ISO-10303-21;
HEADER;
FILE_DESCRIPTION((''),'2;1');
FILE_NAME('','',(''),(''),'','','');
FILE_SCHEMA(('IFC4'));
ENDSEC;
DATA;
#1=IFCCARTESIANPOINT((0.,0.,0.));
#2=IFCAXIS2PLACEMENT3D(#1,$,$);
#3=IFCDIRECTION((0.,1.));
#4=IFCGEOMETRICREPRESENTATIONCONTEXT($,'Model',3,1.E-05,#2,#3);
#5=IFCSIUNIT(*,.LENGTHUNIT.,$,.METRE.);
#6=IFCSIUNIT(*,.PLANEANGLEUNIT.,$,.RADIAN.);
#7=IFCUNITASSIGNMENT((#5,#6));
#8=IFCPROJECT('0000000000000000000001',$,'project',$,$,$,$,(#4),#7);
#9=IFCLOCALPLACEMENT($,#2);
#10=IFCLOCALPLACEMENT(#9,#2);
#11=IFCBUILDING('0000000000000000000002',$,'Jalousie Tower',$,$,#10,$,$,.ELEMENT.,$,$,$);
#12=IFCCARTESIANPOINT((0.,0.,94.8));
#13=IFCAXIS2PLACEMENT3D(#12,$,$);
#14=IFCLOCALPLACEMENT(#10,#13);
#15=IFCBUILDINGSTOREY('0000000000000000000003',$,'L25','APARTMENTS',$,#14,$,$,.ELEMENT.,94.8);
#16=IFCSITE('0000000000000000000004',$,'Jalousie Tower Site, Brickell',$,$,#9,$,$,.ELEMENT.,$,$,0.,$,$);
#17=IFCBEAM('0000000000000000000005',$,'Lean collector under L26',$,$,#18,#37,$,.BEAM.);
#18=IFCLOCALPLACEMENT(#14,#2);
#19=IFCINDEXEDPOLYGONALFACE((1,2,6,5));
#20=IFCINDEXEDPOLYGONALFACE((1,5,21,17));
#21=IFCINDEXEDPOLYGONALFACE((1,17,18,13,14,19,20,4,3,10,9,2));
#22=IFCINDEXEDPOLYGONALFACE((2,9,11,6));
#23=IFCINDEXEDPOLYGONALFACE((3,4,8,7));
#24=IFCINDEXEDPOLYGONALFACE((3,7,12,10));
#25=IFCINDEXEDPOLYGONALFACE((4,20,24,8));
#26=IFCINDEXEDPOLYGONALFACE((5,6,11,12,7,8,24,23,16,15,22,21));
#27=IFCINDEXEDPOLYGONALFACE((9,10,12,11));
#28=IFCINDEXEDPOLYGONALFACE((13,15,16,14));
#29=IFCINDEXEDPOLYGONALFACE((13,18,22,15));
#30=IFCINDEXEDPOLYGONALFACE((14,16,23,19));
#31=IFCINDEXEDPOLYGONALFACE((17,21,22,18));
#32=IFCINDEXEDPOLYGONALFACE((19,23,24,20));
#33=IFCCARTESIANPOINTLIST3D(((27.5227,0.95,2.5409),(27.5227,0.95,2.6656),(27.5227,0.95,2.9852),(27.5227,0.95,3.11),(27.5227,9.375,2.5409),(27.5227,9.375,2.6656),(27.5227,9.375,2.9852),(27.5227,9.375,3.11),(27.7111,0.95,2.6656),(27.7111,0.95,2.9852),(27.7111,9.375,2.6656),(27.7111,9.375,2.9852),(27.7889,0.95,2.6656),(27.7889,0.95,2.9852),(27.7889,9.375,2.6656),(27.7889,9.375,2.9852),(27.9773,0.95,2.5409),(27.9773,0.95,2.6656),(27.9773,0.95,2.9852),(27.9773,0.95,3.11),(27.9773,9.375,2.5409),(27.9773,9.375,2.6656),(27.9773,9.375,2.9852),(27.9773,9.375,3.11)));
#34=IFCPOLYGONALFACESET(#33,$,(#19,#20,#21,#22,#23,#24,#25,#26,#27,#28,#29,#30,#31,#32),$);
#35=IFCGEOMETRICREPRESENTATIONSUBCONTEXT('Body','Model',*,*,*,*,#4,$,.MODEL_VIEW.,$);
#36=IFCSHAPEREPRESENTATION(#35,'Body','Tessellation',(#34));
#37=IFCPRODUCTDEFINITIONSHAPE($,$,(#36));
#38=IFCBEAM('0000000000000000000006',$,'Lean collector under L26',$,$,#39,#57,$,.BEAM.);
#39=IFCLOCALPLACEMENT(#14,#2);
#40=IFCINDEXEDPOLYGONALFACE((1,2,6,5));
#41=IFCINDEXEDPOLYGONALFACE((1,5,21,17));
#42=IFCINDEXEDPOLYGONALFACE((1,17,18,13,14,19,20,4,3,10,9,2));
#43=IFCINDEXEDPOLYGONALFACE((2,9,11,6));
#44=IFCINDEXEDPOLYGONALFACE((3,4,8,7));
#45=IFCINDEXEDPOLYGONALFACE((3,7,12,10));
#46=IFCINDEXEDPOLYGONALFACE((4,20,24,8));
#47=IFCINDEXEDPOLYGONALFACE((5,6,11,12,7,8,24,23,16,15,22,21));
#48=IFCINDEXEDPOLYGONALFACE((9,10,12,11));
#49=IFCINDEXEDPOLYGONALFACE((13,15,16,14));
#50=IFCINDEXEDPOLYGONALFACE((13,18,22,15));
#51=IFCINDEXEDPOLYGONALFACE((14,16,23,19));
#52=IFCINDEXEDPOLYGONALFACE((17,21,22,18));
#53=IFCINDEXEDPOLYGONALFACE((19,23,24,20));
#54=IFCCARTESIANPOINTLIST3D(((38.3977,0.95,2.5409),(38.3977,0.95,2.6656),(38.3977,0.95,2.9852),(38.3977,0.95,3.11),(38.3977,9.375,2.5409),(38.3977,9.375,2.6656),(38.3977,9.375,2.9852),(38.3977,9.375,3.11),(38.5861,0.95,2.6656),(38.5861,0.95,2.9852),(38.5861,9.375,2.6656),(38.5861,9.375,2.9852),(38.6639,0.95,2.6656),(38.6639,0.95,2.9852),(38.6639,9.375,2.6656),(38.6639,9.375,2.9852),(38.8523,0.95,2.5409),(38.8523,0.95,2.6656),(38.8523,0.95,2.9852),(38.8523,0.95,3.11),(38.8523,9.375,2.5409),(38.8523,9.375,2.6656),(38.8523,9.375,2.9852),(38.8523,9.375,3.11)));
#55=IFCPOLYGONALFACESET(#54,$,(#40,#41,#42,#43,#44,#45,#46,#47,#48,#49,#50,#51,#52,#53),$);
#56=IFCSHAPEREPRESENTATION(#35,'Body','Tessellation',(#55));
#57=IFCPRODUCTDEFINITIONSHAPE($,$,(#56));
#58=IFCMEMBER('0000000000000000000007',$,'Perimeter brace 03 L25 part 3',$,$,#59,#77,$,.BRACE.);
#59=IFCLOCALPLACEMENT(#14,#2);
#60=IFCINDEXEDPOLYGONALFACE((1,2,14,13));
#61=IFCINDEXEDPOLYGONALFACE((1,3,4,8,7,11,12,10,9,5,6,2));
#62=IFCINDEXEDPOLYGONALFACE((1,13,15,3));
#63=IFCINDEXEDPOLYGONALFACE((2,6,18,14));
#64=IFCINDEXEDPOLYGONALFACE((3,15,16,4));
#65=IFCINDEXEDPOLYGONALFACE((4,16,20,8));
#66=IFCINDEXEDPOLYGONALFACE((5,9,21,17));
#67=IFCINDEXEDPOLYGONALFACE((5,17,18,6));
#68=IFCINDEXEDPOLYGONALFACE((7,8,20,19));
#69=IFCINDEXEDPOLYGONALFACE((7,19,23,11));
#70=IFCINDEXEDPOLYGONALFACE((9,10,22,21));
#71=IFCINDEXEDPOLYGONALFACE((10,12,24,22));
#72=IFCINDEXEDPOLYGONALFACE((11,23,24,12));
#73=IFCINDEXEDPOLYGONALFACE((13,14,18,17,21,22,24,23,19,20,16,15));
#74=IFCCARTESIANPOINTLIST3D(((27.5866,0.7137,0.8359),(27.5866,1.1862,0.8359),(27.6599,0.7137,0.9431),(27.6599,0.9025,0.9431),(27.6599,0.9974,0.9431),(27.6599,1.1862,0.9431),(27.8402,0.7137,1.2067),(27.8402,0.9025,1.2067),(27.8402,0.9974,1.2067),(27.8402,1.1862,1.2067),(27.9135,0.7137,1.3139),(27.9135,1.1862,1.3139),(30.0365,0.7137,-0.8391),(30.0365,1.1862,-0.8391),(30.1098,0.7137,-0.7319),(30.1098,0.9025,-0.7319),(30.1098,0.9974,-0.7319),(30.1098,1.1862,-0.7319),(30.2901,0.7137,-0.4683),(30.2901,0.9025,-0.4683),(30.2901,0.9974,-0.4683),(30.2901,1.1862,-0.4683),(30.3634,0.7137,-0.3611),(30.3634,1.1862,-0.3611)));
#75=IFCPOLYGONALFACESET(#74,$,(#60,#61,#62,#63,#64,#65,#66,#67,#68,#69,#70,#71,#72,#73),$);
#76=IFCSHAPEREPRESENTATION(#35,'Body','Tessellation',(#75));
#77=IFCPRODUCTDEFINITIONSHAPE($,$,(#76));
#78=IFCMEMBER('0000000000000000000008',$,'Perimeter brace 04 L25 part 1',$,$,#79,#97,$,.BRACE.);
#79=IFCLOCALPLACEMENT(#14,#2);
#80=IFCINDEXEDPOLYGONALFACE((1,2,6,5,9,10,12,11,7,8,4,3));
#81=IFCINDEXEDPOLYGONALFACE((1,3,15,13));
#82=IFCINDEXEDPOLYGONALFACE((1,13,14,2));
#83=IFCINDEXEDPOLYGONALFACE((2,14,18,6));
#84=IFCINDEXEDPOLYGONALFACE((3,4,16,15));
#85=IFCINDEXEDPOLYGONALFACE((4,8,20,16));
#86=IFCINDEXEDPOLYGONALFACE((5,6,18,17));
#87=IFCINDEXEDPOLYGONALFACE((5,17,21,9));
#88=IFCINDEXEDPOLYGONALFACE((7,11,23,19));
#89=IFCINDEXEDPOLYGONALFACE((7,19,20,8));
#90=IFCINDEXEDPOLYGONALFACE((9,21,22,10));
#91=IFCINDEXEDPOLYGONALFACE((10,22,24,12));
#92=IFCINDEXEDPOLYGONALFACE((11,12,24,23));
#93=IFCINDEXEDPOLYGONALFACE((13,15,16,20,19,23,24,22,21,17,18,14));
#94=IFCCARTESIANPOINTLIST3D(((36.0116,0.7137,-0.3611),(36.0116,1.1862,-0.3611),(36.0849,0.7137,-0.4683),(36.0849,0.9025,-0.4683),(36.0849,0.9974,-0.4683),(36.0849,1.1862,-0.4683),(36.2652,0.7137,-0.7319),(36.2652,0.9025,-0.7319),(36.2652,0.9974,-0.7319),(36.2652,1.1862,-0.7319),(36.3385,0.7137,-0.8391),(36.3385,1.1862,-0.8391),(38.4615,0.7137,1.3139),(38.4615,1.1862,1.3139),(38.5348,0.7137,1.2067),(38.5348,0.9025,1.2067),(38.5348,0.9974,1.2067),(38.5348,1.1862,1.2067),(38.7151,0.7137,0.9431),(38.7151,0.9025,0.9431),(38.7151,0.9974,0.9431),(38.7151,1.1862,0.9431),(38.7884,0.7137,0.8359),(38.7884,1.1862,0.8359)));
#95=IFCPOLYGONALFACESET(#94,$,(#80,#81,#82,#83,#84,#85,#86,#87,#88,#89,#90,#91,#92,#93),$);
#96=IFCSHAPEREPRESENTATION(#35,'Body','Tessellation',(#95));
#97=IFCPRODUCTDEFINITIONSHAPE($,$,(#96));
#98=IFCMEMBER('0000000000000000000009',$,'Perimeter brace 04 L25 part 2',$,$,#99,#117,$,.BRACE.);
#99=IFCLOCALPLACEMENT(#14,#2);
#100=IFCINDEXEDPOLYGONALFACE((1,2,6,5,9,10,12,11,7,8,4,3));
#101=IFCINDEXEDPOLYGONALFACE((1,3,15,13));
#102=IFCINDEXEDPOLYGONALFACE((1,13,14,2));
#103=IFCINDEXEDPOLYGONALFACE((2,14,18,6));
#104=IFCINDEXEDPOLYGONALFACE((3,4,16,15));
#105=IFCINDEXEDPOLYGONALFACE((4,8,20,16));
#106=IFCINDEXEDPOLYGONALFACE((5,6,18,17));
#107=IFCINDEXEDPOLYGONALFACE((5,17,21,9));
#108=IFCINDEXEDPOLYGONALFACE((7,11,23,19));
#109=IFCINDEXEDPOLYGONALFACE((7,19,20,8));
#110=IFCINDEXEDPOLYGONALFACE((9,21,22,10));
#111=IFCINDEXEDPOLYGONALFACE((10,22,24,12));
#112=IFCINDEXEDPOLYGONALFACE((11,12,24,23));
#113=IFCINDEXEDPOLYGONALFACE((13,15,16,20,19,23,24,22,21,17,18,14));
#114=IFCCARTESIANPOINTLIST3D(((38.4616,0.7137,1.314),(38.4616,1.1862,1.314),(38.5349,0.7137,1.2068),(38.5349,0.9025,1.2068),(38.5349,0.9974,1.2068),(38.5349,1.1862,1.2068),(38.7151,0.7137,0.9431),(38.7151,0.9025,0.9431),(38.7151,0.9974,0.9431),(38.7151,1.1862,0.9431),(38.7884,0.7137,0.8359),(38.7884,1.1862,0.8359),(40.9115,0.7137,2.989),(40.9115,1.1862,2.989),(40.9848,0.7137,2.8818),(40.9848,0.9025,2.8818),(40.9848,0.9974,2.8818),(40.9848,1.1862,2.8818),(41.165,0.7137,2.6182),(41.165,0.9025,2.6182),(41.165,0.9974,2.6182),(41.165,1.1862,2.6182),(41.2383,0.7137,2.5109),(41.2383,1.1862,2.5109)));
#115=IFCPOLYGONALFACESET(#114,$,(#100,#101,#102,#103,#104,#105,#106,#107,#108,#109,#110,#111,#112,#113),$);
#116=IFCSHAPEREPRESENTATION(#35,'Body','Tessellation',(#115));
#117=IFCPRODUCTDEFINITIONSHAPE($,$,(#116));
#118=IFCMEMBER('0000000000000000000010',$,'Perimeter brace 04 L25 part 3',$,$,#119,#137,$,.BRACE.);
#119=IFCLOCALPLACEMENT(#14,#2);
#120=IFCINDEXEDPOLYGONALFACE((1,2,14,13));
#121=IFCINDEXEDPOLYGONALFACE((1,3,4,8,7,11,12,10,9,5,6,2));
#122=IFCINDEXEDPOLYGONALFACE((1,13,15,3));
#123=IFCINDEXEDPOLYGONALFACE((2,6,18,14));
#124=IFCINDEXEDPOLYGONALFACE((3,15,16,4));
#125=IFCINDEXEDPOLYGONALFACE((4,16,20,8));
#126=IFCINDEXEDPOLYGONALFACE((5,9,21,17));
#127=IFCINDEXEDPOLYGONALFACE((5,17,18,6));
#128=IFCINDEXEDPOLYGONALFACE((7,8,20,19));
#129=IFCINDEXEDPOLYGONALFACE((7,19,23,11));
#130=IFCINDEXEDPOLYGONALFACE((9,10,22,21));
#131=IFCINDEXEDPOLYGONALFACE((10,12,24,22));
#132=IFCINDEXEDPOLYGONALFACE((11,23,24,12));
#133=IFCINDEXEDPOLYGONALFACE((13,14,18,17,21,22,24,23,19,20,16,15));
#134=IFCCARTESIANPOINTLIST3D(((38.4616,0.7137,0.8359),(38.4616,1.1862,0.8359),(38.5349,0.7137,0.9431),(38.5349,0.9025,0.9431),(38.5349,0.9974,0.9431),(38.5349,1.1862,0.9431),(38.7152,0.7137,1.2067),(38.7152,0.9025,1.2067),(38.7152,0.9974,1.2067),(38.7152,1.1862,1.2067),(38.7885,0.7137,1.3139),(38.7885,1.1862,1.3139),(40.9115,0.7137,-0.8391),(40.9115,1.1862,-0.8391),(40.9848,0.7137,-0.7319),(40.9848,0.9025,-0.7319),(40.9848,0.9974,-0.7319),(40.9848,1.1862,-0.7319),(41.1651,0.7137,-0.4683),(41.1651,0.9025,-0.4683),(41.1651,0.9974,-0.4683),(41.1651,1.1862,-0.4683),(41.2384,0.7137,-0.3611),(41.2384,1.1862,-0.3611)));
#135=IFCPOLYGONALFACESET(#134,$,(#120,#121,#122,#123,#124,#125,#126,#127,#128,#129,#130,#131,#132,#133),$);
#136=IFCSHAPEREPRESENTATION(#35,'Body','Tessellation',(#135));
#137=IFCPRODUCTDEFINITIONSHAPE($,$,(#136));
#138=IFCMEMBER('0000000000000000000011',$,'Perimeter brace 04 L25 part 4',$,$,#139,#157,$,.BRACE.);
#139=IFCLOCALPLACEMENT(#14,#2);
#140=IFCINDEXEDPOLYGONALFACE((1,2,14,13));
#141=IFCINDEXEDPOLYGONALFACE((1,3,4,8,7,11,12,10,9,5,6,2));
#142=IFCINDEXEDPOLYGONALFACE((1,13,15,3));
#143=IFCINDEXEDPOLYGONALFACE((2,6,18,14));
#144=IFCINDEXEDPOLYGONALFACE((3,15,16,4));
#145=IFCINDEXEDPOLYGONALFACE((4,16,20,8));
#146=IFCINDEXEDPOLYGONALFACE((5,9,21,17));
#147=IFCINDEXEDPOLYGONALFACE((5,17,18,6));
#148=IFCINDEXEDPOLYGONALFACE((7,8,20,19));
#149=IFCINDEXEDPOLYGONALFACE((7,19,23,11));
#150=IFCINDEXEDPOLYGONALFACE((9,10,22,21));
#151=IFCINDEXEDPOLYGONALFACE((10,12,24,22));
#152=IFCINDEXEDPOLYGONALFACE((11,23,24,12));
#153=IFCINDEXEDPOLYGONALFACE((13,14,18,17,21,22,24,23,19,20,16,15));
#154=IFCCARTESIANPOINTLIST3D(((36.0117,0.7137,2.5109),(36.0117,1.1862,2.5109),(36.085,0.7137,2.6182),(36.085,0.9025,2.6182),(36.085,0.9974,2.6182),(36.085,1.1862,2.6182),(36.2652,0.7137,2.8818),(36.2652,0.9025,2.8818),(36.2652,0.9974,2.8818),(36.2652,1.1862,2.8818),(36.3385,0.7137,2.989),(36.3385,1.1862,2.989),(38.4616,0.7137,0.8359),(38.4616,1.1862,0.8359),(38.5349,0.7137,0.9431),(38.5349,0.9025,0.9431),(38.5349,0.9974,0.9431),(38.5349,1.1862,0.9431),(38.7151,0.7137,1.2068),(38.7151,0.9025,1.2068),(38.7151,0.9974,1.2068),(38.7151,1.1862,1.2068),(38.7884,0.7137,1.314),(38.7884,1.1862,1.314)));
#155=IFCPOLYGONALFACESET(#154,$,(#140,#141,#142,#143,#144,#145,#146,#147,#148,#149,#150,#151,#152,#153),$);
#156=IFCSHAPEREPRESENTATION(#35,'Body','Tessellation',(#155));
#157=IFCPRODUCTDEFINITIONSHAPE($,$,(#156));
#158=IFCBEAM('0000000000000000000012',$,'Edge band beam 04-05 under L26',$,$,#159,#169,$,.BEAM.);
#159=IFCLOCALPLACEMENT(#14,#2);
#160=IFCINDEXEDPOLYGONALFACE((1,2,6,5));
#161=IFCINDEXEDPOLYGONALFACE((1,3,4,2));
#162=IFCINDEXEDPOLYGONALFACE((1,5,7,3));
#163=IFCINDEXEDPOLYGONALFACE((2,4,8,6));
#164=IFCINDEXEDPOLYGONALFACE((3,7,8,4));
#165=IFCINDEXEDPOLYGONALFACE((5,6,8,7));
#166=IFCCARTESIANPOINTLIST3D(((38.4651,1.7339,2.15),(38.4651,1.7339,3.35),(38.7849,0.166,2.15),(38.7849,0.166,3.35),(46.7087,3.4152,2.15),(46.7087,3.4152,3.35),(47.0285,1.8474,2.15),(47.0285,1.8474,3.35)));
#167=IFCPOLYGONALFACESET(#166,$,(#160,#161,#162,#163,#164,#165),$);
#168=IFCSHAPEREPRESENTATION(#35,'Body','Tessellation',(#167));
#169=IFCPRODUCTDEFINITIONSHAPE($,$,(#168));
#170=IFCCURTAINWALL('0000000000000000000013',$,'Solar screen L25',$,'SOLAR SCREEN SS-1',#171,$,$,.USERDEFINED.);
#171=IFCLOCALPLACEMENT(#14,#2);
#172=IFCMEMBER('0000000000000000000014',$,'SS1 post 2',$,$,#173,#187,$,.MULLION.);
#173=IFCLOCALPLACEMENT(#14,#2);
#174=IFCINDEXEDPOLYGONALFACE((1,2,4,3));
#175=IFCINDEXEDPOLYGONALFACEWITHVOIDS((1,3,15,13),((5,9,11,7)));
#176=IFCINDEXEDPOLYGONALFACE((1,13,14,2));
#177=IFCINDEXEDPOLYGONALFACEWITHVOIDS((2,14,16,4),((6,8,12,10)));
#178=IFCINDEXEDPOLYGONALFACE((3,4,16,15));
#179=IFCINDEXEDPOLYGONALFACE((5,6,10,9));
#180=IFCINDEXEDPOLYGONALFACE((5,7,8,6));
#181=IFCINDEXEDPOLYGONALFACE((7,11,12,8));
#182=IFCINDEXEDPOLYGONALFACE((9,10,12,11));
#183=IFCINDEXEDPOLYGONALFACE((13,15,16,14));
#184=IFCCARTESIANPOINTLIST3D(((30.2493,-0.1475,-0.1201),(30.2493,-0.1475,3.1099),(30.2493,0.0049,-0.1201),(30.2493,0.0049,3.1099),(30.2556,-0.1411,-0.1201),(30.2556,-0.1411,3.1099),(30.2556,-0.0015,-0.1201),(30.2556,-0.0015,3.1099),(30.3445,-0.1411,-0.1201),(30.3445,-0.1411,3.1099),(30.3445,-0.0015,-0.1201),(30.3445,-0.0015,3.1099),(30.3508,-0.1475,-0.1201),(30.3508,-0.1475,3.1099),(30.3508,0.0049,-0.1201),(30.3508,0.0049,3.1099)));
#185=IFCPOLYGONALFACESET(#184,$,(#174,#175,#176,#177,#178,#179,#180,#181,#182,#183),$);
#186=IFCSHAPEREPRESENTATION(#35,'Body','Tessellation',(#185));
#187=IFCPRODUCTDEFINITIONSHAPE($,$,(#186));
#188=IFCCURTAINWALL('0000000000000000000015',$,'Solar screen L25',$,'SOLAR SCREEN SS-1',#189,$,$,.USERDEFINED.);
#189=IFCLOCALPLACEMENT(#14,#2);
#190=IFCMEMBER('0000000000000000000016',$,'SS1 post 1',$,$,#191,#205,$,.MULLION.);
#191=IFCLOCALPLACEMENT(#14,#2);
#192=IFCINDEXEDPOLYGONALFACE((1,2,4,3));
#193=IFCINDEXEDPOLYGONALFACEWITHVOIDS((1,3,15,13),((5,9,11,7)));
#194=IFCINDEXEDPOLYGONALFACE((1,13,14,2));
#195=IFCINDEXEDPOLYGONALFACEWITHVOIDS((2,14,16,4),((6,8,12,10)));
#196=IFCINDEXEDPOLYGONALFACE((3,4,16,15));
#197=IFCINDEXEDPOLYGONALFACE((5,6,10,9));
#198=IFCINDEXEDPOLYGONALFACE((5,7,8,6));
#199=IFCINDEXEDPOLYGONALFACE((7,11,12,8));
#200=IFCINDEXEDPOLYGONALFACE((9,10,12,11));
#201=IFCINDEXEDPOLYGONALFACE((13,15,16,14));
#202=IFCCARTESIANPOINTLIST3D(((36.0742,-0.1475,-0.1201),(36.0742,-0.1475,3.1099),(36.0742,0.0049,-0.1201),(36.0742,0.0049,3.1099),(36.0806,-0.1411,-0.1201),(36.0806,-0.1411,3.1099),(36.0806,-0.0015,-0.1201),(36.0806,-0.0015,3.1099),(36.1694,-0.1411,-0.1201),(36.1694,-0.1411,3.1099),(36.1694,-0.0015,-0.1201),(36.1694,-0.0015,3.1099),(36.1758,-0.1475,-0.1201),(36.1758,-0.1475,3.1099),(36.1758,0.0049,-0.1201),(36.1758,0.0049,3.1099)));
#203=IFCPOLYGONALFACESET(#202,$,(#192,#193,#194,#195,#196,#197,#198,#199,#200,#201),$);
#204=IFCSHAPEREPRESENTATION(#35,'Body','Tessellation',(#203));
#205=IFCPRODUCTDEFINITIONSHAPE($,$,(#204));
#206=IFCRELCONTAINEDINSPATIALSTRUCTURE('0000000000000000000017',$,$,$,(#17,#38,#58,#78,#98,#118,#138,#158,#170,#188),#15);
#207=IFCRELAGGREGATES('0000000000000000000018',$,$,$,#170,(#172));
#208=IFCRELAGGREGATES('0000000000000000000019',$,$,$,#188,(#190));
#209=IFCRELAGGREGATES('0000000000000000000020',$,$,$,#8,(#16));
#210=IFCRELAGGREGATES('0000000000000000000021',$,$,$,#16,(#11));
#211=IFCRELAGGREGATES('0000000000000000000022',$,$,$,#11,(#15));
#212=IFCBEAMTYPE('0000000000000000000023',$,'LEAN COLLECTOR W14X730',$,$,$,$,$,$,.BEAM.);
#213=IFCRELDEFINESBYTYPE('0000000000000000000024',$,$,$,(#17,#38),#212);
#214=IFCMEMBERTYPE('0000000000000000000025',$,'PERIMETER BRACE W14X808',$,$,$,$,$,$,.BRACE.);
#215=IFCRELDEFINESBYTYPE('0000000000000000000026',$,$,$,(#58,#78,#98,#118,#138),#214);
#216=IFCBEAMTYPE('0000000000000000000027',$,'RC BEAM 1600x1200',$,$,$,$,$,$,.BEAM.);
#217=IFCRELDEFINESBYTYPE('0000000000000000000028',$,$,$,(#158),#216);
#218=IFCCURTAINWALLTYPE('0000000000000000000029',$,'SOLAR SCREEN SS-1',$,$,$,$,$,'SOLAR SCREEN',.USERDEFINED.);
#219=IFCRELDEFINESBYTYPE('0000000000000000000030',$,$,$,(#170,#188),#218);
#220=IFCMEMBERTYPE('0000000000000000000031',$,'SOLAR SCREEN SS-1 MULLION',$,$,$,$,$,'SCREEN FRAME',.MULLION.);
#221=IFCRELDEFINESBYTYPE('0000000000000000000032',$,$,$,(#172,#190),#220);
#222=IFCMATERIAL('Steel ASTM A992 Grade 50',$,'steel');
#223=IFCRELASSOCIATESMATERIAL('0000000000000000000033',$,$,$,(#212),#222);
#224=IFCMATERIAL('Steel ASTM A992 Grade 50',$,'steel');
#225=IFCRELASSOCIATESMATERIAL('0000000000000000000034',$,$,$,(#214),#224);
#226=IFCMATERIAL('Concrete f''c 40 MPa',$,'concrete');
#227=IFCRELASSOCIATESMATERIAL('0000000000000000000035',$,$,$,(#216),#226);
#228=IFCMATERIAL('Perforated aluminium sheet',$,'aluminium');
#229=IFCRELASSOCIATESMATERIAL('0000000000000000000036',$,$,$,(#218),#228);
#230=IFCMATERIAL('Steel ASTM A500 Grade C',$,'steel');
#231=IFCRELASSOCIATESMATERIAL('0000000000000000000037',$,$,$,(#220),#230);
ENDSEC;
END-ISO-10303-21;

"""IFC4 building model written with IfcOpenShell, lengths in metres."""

from ifc_helpers import new_model, si_unit, direction, frame, origin, origin_2d, place, context, subcontext, project, spatial, rectangle, hollow_rectangle, i_section, extrude, material, material_profile, profile_set, type_object, element, aggregate, save


model = new_model("IFC4")

# Units and contexts
model_context = context("Model", 3, precision=1e-05, world=origin(), true_north=direction((0.0, 1.0)))
body_context = subcontext(model_context, "Body", "Model", "MODEL_VIEW")
ifc_project = project(units=[si_unit("LENGTHUNIT", "METRE"), si_unit("PLANEANGLEUNIT", "RADIAN")], contexts=[model_context])

# Site, building, storey
site_placement = place(None, origin())
site = spatial("IfcSite", under=ifc_project, at=site_placement, Name="Jalousie Tower Site, Brickell", CompositionType="ELEMENT", RefElevation=0.0)
building_placement = place(site_placement, origin())
building = spatial("IfcBuilding", under=site, at=building_placement, Name="Jalousie Tower", CompositionType="ELEMENT")
storey_placement = place(building_placement, frame((0.0, 0.0, 94.8)))
storey = spatial("IfcBuildingStorey", under=building, at=storey_placement, Name="L25", Description="APARTMENTS", CompositionType="ELEMENT", Elevation=94.8)

# Beams
ifc_material_1 = material(Name="Steel ASTM A992 Grade 50", Category="steel")
ifc_material_profile_1 = material_profile(ifc_material_1, i_section(OverallWidth=0.4546, OverallDepth=0.5691, WebThickness=0.0779, FlangeThickness=0.1248, at=origin_2d()), Name="W14X730")
ifc_profile_set_1 = profile_set([ifc_material_profile_1], Name="Steel ASTM A992 Grade 50")
beam_type_1 = type_object("IfcBeamType", Name="LEAN COLLECTOR W14X730", PredefinedType="BEAM", material=ifc_profile_set_1)
for number, where, z_axis, x_axis, name in (
    (1, (27.75, 0.95, 2.8254), (0.0, 1.0, 0.0), (-1.0, 0.0, 0.0), "Lean collector under L26"),
    (2, (38.625, 0.95, 2.8254), (0.0, 1.0, 0.0), (-1.0, 0.0, 0.0), "Lean collector under L26"),
):
    element("IfcBeam", number, at=place(storey_placement, frame(where, z_axis=z_axis, x_axis=x_axis)), inside=storey, type_object=beam_type_1, Name=name, PredefinedType="BEAM", context=body_context, shape_type="SweptSolid", body=[
        extrude(i_section(OverallWidth=0.4546, OverallDepth=0.5691, WebThickness=0.0779, FlangeThickness=0.1248, at=origin_2d()), origin(), (0.0, 0.0, 1.0), 8.425),
    ])

# Members
ifc_material_2 = material(Name="Steel ASTM A992 Grade 50", Category="steel")
ifc_material_profile_2 = material_profile(ifc_material_2, i_section(OverallWidth=0.4724, OverallDepth=0.5791, WebThickness=0.095, FlangeThickness=0.1299, at=origin_2d()), Name="W14X808")
ifc_profile_set_2 = profile_set([ifc_material_profile_2], Name="Steel ASTM A992 Grade 50")
member_type_1 = type_object("IfcMemberType", Name="PERIMETER BRACE W14X808", PredefinedType="BRACE", material=ifc_profile_set_2)
for number, where, z_axis, x_axis, name in (
    (3, (30.2, 0.95, -0.6001), (-0.825501, 0.0, 0.564401), (0.0, -1.0, 0.0), "Perimeter brace 03 L25 part 3"),
    (4, (36.175, 0.95, -0.6001), (0.825501, 0.0, 0.564401), (0.0, 1.0, 0.0), "Perimeter brace 04 L25 part 1"),
    (5, (38.625, 0.95, 1.075), (0.825501, 0.0, 0.564401), (0.0, 1.0, 0.0), "Perimeter brace 04 L25 part 2"),
    (6, (41.075, 0.95, -0.6001), (-0.825501, 0.0, 0.564401), (0.0, -1.0, 0.0), "Perimeter brace 04 L25 part 3"),
    (7, (38.625, 0.95, 1.075), (-0.825501, 0.0, 0.564401), (0.0, -1.0, 0.0), "Perimeter brace 04 L25 part 4"),
):
    element("IfcMember", number, at=place(storey_placement, frame(where, z_axis=z_axis, x_axis=x_axis)), inside=storey, type_object=member_type_1, Name=name, PredefinedType="BRACE", context=body_context, shape_type="SweptSolid", body=[
        extrude(i_section(OverallWidth=0.4724, OverallDepth=0.5791, WebThickness=0.095, FlangeThickness=0.1299, at=origin_2d()), origin(), (0.0, 0.0, 1.0), 2.9678),
    ])

# Beam
ifc_material_3 = material(Name="Concrete f'c 40 MPa", Category="concrete")
ifc_material_profile_3 = material_profile(ifc_material_3, rectangle(XDim=1.6001, YDim=1.2, at=origin_2d()), Name="RC 1600x1200")
ifc_profile_set_3 = profile_set([ifc_material_profile_3], Name="Concrete f'c 40 MPa")
beam_type_2 = type_object("IfcBeamType", Name="RC BEAM 1600x1200", PredefinedType="BEAM", material=ifc_profile_set_3)
beam_placement = place(storey_placement, frame((38.625, 0.95, 2.75), z_axis=(0.979827, 0.199848, 0.0), x_axis=(-0.199848, 0.979827, 0.0)))
element("IfcBeam", 8, at=beam_placement, inside=storey, type_object=beam_type_2, Name="Edge band beam 04-05 under L26", PredefinedType="BEAM", context=body_context, shape_type="SweptSolid", body=[
    extrude(rectangle(XDim=1.6001, YDim=1.2, at=origin_2d()), origin(), (0.0, 0.0, 1.0), 8.4133),
])

# Curtain wall, member
ifc_material_4 = material(Name="Perforated aluminium sheet", Category="aluminium")
curtain_wall_type = type_object("IfcCurtainWallType", Name="SOLAR SCREEN SS-1", ElementType="SOLAR SCREEN", PredefinedType="USERDEFINED", material=ifc_material_4)
curtain_wall_1_placement = place(storey_placement, origin())
curtain_wall_1 = element("IfcCurtainWall", 9, at=curtain_wall_1_placement, inside=storey, type_object=curtain_wall_type, Name="Solar screen L25", ObjectType="SOLAR SCREEN SS-1", PredefinedType="USERDEFINED")
ifc_material_5 = material(Name="Steel ASTM A500 Grade C", Category="steel")
ifc_material_profile_4 = material_profile(ifc_material_5, hollow_rectangle(XDim=0.1016, YDim=0.1523, WallThickness=0.0063, at=origin_2d()), Name="HSS6X4X1/4")
ifc_profile_set_4 = profile_set([ifc_material_profile_4], Name="Steel ASTM A500 Grade C")
member_type_2 = type_object("IfcMemberType", Name="SOLAR SCREEN SS-1 MULLION", ElementType="SCREEN FRAME", PredefinedType="MULLION", material=ifc_profile_set_4)
member_1_placement = place(storey_placement, frame((30.3, -0.0713, -0.1201), z_axis=(0.0, 0.0, 1.0), x_axis=(1.0, 0.0, 0.0)))
member_1 = element("IfcMember", 10, at=member_1_placement, type_object=member_type_2, Name="SS1 post 2", PredefinedType="MULLION", context=body_context, shape_type="SweptSolid", body=[
    extrude(hollow_rectangle(XDim=0.1016, YDim=0.1523, WallThickness=0.0063, at=origin_2d()), origin(), (0.0, 0.0, 1.0), 3.23),
])
aggregate(curtain_wall_1, [member_1])

# Curtain wall, member
curtain_wall_2_placement = place(storey_placement, origin())
curtain_wall_2 = element("IfcCurtainWall", 11, at=curtain_wall_2_placement, inside=storey, type_object=curtain_wall_type, Name="Solar screen L25", ObjectType="SOLAR SCREEN SS-1", PredefinedType="USERDEFINED")
member_2_placement = place(storey_placement, frame((36.125, -0.0713, -0.1201), z_axis=(0.0, 0.0, 1.0), x_axis=(1.0, 0.0, 0.0)))
member_2 = element("IfcMember", 12, at=member_2_placement, type_object=member_type_2, Name="SS1 post 1", PredefinedType="MULLION", context=body_context, shape_type="SweptSolid", body=[
    extrude(hollow_rectangle(XDim=0.1016, YDim=0.1523, WallThickness=0.0063, at=origin_2d()), origin(), (0.0, 0.0, 1.0), 3.23),
])
aggregate(curtain_wall_2, [member_2])

save(model, "model.ifc")
